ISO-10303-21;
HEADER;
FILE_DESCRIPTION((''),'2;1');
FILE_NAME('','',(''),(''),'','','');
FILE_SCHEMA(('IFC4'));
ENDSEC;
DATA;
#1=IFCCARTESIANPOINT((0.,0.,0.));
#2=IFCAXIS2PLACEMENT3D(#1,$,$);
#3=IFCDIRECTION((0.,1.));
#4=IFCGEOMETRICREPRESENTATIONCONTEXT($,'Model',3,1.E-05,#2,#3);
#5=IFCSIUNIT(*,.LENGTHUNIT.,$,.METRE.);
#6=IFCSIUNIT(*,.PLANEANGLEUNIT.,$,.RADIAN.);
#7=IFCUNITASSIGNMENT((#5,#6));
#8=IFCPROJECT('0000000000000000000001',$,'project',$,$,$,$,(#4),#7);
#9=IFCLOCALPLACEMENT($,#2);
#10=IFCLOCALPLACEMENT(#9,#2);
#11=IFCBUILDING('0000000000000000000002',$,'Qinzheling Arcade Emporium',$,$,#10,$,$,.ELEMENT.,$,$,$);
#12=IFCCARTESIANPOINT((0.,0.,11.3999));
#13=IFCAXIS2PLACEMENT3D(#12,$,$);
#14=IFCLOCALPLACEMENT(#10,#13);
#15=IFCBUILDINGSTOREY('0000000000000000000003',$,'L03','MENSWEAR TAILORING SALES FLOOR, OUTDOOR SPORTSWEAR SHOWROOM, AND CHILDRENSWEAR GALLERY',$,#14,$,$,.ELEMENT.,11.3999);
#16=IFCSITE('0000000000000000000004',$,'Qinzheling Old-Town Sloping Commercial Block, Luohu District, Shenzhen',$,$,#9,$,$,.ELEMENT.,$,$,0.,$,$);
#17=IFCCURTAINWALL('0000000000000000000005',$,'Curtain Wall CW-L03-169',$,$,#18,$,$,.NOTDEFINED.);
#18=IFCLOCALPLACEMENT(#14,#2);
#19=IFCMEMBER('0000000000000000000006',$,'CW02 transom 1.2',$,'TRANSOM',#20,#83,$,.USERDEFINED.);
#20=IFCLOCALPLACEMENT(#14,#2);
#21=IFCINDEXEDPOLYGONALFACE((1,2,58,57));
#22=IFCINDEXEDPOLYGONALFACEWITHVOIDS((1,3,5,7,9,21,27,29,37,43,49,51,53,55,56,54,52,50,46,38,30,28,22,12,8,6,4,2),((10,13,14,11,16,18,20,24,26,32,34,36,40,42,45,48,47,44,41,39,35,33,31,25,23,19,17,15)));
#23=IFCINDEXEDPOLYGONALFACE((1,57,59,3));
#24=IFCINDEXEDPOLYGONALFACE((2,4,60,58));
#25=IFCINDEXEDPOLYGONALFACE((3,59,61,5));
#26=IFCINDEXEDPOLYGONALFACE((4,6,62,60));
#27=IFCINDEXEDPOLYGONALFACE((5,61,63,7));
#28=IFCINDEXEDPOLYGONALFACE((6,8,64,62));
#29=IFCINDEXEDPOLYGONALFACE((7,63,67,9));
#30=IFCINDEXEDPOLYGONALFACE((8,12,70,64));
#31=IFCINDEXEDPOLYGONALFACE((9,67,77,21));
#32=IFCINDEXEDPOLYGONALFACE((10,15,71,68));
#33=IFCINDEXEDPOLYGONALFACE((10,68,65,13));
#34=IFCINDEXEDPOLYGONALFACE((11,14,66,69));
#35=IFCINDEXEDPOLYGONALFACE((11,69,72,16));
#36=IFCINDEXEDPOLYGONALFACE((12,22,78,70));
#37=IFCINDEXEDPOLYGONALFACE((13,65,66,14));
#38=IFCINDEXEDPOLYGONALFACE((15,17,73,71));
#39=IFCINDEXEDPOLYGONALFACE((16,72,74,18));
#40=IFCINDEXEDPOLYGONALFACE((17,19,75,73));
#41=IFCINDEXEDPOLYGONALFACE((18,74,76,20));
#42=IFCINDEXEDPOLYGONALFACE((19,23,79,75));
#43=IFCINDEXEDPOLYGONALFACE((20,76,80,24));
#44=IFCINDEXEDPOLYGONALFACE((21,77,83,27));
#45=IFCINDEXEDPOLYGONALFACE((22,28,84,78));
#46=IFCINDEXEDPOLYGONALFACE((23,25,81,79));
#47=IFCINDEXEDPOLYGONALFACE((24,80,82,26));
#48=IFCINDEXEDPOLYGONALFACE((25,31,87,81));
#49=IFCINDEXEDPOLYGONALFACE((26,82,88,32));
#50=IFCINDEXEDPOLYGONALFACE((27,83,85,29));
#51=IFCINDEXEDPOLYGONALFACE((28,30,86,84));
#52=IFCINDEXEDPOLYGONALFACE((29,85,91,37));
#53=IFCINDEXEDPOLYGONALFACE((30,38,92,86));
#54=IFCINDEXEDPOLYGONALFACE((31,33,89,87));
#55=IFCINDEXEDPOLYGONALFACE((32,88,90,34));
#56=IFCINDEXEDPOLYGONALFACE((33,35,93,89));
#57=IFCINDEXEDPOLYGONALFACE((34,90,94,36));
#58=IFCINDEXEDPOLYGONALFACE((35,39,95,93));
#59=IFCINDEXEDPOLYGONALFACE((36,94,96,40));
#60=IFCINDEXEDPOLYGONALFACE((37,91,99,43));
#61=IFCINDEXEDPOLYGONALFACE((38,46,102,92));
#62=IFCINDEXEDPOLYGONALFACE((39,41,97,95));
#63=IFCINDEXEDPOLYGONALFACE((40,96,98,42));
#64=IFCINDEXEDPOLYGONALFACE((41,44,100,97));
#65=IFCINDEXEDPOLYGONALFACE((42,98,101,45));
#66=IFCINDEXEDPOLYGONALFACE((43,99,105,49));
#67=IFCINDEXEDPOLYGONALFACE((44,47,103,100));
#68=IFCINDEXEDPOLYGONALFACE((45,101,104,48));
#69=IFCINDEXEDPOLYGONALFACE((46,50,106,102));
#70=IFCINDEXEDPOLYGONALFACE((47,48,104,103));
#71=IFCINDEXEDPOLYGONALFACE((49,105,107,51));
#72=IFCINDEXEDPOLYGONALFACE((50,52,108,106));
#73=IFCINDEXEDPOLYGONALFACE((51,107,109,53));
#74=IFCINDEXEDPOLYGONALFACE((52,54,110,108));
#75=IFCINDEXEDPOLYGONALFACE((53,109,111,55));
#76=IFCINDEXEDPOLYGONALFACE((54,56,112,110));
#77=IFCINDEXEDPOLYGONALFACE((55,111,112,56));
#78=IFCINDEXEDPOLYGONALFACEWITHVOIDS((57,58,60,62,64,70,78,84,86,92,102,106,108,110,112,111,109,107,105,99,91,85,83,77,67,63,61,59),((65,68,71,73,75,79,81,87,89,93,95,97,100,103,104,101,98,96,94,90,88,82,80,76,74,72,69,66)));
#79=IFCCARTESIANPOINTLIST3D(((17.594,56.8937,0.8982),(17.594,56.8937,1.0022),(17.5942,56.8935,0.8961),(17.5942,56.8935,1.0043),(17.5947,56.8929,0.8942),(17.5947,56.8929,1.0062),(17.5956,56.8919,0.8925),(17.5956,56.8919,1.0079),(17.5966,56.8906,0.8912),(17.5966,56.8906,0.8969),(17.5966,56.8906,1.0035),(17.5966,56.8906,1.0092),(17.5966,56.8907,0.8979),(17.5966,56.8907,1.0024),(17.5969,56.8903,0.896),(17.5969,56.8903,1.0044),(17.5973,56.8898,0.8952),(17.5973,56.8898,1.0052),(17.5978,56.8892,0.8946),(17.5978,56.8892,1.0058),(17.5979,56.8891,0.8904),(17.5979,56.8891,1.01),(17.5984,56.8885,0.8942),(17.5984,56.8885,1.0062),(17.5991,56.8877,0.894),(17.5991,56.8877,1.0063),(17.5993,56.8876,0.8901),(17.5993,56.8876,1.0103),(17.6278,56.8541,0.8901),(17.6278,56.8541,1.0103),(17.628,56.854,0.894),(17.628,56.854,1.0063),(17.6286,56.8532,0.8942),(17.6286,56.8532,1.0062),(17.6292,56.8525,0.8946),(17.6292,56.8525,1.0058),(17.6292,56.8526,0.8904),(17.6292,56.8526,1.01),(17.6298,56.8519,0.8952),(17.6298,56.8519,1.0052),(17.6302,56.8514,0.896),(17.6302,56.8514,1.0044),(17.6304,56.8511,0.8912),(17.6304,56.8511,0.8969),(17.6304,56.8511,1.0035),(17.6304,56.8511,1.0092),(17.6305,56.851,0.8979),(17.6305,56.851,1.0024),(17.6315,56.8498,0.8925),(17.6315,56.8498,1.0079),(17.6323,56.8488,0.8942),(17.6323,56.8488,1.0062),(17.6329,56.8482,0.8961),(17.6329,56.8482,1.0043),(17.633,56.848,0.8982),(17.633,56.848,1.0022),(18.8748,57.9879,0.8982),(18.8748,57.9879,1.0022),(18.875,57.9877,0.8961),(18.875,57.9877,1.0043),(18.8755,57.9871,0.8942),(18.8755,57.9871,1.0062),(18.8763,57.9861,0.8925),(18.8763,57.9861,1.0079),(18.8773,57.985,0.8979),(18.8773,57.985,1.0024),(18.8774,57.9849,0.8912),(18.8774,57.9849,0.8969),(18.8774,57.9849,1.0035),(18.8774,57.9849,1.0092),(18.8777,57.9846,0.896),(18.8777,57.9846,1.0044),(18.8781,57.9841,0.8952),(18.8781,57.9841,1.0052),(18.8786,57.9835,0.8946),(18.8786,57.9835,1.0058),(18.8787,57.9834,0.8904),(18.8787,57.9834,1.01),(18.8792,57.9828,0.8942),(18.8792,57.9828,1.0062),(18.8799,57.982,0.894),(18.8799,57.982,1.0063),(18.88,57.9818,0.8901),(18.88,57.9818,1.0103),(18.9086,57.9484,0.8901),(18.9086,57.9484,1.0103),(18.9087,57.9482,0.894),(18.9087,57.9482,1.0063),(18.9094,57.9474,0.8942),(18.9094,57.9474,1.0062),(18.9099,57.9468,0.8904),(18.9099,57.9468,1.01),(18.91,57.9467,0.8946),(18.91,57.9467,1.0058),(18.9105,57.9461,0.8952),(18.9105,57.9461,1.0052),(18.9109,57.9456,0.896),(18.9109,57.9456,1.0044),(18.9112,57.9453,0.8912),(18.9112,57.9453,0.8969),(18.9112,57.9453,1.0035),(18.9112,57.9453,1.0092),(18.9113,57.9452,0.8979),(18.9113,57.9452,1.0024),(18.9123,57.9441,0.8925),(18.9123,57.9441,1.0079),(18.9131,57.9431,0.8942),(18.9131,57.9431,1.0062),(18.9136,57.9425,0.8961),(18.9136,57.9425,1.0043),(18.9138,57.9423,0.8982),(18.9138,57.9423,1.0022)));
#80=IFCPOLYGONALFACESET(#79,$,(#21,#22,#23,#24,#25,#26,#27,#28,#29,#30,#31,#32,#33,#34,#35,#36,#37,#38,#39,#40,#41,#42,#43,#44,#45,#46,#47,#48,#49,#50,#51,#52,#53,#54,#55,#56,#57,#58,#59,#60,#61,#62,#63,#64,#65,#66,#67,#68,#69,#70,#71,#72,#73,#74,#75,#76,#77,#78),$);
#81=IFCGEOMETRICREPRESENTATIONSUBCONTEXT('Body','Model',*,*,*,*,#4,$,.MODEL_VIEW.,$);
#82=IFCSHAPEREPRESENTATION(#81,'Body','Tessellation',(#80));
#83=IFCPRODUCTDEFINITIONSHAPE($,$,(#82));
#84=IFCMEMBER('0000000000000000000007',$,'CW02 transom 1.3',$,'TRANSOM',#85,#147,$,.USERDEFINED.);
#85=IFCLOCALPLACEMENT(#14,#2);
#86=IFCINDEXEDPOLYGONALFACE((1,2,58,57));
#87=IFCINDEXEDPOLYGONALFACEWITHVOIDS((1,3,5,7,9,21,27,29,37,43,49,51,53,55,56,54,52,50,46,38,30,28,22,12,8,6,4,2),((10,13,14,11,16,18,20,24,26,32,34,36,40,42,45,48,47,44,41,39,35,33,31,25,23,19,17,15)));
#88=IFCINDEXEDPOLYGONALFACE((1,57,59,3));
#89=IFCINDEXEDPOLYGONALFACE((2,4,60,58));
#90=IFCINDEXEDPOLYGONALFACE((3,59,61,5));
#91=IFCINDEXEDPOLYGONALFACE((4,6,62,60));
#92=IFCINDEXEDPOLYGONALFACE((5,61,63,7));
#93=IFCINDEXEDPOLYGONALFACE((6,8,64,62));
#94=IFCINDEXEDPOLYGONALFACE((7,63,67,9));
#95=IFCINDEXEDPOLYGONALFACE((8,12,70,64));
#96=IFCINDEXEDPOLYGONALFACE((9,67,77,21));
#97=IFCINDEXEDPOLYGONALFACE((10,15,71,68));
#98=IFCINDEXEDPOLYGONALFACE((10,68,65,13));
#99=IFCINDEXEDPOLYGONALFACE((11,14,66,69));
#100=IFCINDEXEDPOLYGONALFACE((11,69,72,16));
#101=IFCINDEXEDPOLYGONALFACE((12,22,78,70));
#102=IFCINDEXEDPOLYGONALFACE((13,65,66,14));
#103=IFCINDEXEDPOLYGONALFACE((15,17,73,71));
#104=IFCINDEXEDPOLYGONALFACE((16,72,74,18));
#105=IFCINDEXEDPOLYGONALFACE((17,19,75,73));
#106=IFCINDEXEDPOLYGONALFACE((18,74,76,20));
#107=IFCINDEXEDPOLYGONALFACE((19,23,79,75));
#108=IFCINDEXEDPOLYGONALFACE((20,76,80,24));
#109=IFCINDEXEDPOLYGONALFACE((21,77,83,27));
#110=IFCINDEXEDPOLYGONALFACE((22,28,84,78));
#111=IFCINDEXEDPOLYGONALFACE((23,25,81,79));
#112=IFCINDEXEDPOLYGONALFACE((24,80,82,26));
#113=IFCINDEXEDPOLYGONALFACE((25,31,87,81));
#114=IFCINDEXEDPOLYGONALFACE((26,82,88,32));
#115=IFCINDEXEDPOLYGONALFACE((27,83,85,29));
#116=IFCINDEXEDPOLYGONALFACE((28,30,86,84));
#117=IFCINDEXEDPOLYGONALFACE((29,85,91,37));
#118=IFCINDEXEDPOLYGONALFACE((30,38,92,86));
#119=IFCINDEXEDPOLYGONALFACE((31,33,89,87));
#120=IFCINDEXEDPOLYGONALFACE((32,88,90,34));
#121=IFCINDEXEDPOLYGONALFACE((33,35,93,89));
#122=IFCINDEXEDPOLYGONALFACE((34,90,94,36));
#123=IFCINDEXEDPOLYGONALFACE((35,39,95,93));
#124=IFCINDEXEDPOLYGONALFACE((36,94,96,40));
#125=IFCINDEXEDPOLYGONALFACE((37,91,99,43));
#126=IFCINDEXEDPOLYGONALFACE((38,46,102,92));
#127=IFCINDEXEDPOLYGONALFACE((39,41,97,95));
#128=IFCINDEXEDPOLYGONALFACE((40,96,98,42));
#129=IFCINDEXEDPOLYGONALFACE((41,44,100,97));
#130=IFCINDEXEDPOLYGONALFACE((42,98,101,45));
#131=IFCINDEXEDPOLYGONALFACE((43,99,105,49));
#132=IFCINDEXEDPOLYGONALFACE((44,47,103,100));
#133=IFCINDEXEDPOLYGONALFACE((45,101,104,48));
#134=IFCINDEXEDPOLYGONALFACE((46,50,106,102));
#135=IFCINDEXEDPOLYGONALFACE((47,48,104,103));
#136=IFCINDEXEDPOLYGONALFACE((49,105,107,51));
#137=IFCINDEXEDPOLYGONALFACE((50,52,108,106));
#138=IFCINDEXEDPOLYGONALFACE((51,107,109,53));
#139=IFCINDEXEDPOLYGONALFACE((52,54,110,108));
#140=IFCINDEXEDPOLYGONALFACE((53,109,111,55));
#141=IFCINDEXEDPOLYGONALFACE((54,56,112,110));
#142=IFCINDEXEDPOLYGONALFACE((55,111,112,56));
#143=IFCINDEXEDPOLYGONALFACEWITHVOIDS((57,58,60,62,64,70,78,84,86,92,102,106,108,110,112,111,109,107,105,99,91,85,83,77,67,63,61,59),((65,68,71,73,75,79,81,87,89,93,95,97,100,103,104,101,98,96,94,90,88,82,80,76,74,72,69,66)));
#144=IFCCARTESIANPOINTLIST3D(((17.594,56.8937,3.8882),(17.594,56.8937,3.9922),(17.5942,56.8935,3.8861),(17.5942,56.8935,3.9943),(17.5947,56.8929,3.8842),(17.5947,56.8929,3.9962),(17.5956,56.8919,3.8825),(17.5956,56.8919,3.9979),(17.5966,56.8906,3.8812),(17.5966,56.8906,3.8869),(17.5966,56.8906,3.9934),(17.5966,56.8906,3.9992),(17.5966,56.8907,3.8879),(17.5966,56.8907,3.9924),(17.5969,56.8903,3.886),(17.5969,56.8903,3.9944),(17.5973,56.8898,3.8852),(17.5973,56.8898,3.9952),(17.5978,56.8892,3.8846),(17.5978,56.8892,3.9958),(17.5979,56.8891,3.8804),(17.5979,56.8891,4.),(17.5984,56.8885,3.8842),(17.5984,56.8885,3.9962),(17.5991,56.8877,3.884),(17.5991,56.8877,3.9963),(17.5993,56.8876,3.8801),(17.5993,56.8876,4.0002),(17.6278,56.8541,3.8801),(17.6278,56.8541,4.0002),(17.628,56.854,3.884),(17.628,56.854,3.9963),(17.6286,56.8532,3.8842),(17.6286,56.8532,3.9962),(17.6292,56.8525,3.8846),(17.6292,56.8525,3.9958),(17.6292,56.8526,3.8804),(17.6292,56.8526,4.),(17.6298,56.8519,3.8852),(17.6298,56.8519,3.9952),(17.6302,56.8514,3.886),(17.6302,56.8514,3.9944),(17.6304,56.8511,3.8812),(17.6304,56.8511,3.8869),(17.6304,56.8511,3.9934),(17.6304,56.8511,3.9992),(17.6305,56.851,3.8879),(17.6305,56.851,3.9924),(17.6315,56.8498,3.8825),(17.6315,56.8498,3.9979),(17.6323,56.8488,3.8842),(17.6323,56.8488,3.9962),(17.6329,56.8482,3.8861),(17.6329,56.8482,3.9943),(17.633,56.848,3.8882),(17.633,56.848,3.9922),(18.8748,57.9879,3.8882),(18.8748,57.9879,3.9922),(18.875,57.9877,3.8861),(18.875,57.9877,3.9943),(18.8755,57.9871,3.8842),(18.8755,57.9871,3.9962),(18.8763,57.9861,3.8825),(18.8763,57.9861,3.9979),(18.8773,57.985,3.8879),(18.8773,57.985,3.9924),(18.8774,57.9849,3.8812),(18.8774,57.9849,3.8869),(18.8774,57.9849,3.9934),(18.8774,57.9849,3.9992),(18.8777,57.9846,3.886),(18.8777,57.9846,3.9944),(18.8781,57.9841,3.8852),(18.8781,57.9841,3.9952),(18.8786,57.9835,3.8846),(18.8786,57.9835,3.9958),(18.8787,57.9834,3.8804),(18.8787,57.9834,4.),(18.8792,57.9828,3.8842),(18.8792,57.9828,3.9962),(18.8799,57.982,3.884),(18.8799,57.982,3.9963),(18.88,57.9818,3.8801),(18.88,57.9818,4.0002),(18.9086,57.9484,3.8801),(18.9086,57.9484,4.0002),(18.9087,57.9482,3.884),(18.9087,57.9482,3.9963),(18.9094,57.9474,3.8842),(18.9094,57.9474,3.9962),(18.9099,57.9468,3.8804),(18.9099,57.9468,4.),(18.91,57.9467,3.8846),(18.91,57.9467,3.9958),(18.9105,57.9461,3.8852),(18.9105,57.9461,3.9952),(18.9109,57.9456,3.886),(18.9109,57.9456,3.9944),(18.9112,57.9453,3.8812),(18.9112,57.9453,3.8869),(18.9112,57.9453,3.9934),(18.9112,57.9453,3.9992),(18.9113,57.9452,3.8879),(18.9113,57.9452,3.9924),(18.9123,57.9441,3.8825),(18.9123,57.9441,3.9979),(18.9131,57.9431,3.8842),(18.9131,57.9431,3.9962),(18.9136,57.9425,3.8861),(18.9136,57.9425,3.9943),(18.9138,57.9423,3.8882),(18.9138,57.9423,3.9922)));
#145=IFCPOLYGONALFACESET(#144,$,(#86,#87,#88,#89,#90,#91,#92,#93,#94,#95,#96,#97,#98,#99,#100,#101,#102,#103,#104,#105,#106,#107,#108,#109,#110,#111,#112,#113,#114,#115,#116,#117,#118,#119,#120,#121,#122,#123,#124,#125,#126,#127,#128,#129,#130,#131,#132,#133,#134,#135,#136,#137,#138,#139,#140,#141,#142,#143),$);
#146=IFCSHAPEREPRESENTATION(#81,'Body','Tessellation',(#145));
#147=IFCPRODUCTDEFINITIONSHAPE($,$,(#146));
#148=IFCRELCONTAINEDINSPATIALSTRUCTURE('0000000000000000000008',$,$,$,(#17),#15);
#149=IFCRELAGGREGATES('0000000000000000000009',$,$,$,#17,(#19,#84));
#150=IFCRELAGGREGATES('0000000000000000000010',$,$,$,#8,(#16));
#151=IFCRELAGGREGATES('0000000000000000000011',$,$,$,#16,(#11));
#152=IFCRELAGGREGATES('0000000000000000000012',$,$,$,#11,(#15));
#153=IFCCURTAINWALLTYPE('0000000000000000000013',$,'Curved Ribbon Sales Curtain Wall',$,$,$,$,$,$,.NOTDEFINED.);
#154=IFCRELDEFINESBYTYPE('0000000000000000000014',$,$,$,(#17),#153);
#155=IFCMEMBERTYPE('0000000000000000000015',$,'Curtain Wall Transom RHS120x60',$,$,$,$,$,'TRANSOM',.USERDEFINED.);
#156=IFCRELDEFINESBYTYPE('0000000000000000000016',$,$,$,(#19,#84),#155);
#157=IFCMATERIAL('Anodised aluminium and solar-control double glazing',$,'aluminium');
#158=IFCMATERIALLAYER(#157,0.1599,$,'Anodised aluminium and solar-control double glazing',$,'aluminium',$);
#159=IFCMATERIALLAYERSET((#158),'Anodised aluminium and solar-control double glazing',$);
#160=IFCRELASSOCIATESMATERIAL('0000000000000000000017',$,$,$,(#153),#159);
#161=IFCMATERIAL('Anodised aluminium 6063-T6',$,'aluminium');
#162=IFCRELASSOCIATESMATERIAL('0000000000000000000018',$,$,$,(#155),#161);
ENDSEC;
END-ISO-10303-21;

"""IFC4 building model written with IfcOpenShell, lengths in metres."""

from ifc_helpers import new_model, si_unit, direction, frame, origin, origin_2d, place, context, subcontext, project, spatial, hollow_rectangle, extrude, material, layer, layer_set, material_profile, profile_set, type_object, element, aggregate, save


model = new_model("IFC4")

# Units and contexts
model_context = context("Model", 3, precision=1e-05, world=origin(), true_north=direction((0.0, 1.0)))
body_context = subcontext(model_context, "Body", "Model", "MODEL_VIEW")
ifc_project = project(units=[si_unit("LENGTHUNIT", "METRE"), si_unit("PLANEANGLEUNIT", "RADIAN")], contexts=[model_context])

# Site, building, storey
site_placement = place(None, origin())
site = spatial("IfcSite", under=ifc_project, at=site_placement, Name="Qinzheling Old-Town Sloping Commercial Block, Luohu District, Shenzhen", CompositionType="ELEMENT", RefElevation=0.0)
building_placement = place(site_placement, origin())
building = spatial("IfcBuilding", under=site, at=building_placement, Name="Qinzheling Arcade Emporium", CompositionType="ELEMENT")
storey_placement = place(building_placement, frame((0.0, 0.0, 11.3999)))
storey = spatial("IfcBuildingStorey", under=building, at=storey_placement, Name="L03", Description="MENSWEAR TAILORING SALES FLOOR, OUTDOOR SPORTSWEAR SHOWROOM, AND CHILDRENSWEAR GALLERY", CompositionType="ELEMENT", Elevation=11.3999)

# Shared definitions
ifc_material_1 = material(Name="Anodised aluminium and solar-control double glazing", Category="aluminium")
ifc_layer_1 = layer(ifc_material_1, 0.1599, Name="Anodised aluminium and solar-control double glazing", Category="aluminium")
ifc_layer_set_1 = layer_set([ifc_layer_1], Name="Anodised aluminium and solar-control double glazing")
curtain_wall_type = type_object("IfcCurtainWallType", Name="Curved Ribbon Sales Curtain Wall", PredefinedType="NOTDEFINED", material=ifc_layer_set_1)
ifc_material_2 = material(Name="Anodised aluminium 6063-T6", Category="aluminium")

# Curtain wall
curtain_wall_1_placement = place(storey_placement, origin())
curtain_wall_1 = element("IfcCurtainWall", 1, at=curtain_wall_1_placement, inside=storey, type_object=curtain_wall_type, Name="Curtain Wall CW-L03-169", PredefinedType="NOTDEFINED")

# Members
ifc_material_profile_1 = material_profile(ifc_material_2, hollow_rectangle(XDim=0.0601, YDim=0.1201, WallThickness=0.0039, InnerFilletRadius=0.0039, OuterFilletRadius=0.0081, at=origin_2d()), Name="RHS 120x60x4", Category="aluminium")
ifc_profile_set_1 = profile_set([ifc_material_profile_1], Name="Anodised aluminium 6063-T6")
member_type_1 = type_object("IfcMemberType", Name="Curtain Wall Transom RHS120x60", ElementType="TRANSOM", PredefinedType="USERDEFINED", material=ifc_profile_set_1)
member_1_placement = place(storey_placement, frame((17.6135, 56.8708, 0.9502), z_axis=(0.760299, 0.649573, 0.0), x_axis=(-0.649573, 0.760299, 0.0)))
member_1 = element("IfcMember", 2, at=member_1_placement, type_object=member_type_1, Name="CW02 transom 1.2", ObjectType="TRANSOM", PredefinedType="USERDEFINED", context=body_context, shape_type="SweptSolid", body=[
    extrude(hollow_rectangle(XDim=0.0601, YDim=0.1201, WallThickness=0.0039, InnerFilletRadius=0.0039, OuterFilletRadius=0.0081, at=origin_2d()), origin(), (0.0, 0.0, 1.0), 1.6846),
])
member_2_placement = place(storey_placement, frame((17.6135, 56.8708, 3.9402), z_axis=(0.760299, 0.649573, 0.0), x_axis=(-0.649573, 0.760299, 0.0)))
member_2 = element("IfcMember", 3, at=member_2_placement, type_object=member_type_1, Name="CW02 transom 1.3", ObjectType="TRANSOM", PredefinedType="USERDEFINED", context=body_context, shape_type="SweptSolid", body=[
    extrude(hollow_rectangle(XDim=0.0601, YDim=0.1201, WallThickness=0.0039, InnerFilletRadius=0.0039, OuterFilletRadius=0.0081, at=origin_2d()), origin(), (0.0, 0.0, 1.0), 1.6846),
])

aggregate(curtain_wall_1, [member_1, member_2])

save(model, "model.ifc")
